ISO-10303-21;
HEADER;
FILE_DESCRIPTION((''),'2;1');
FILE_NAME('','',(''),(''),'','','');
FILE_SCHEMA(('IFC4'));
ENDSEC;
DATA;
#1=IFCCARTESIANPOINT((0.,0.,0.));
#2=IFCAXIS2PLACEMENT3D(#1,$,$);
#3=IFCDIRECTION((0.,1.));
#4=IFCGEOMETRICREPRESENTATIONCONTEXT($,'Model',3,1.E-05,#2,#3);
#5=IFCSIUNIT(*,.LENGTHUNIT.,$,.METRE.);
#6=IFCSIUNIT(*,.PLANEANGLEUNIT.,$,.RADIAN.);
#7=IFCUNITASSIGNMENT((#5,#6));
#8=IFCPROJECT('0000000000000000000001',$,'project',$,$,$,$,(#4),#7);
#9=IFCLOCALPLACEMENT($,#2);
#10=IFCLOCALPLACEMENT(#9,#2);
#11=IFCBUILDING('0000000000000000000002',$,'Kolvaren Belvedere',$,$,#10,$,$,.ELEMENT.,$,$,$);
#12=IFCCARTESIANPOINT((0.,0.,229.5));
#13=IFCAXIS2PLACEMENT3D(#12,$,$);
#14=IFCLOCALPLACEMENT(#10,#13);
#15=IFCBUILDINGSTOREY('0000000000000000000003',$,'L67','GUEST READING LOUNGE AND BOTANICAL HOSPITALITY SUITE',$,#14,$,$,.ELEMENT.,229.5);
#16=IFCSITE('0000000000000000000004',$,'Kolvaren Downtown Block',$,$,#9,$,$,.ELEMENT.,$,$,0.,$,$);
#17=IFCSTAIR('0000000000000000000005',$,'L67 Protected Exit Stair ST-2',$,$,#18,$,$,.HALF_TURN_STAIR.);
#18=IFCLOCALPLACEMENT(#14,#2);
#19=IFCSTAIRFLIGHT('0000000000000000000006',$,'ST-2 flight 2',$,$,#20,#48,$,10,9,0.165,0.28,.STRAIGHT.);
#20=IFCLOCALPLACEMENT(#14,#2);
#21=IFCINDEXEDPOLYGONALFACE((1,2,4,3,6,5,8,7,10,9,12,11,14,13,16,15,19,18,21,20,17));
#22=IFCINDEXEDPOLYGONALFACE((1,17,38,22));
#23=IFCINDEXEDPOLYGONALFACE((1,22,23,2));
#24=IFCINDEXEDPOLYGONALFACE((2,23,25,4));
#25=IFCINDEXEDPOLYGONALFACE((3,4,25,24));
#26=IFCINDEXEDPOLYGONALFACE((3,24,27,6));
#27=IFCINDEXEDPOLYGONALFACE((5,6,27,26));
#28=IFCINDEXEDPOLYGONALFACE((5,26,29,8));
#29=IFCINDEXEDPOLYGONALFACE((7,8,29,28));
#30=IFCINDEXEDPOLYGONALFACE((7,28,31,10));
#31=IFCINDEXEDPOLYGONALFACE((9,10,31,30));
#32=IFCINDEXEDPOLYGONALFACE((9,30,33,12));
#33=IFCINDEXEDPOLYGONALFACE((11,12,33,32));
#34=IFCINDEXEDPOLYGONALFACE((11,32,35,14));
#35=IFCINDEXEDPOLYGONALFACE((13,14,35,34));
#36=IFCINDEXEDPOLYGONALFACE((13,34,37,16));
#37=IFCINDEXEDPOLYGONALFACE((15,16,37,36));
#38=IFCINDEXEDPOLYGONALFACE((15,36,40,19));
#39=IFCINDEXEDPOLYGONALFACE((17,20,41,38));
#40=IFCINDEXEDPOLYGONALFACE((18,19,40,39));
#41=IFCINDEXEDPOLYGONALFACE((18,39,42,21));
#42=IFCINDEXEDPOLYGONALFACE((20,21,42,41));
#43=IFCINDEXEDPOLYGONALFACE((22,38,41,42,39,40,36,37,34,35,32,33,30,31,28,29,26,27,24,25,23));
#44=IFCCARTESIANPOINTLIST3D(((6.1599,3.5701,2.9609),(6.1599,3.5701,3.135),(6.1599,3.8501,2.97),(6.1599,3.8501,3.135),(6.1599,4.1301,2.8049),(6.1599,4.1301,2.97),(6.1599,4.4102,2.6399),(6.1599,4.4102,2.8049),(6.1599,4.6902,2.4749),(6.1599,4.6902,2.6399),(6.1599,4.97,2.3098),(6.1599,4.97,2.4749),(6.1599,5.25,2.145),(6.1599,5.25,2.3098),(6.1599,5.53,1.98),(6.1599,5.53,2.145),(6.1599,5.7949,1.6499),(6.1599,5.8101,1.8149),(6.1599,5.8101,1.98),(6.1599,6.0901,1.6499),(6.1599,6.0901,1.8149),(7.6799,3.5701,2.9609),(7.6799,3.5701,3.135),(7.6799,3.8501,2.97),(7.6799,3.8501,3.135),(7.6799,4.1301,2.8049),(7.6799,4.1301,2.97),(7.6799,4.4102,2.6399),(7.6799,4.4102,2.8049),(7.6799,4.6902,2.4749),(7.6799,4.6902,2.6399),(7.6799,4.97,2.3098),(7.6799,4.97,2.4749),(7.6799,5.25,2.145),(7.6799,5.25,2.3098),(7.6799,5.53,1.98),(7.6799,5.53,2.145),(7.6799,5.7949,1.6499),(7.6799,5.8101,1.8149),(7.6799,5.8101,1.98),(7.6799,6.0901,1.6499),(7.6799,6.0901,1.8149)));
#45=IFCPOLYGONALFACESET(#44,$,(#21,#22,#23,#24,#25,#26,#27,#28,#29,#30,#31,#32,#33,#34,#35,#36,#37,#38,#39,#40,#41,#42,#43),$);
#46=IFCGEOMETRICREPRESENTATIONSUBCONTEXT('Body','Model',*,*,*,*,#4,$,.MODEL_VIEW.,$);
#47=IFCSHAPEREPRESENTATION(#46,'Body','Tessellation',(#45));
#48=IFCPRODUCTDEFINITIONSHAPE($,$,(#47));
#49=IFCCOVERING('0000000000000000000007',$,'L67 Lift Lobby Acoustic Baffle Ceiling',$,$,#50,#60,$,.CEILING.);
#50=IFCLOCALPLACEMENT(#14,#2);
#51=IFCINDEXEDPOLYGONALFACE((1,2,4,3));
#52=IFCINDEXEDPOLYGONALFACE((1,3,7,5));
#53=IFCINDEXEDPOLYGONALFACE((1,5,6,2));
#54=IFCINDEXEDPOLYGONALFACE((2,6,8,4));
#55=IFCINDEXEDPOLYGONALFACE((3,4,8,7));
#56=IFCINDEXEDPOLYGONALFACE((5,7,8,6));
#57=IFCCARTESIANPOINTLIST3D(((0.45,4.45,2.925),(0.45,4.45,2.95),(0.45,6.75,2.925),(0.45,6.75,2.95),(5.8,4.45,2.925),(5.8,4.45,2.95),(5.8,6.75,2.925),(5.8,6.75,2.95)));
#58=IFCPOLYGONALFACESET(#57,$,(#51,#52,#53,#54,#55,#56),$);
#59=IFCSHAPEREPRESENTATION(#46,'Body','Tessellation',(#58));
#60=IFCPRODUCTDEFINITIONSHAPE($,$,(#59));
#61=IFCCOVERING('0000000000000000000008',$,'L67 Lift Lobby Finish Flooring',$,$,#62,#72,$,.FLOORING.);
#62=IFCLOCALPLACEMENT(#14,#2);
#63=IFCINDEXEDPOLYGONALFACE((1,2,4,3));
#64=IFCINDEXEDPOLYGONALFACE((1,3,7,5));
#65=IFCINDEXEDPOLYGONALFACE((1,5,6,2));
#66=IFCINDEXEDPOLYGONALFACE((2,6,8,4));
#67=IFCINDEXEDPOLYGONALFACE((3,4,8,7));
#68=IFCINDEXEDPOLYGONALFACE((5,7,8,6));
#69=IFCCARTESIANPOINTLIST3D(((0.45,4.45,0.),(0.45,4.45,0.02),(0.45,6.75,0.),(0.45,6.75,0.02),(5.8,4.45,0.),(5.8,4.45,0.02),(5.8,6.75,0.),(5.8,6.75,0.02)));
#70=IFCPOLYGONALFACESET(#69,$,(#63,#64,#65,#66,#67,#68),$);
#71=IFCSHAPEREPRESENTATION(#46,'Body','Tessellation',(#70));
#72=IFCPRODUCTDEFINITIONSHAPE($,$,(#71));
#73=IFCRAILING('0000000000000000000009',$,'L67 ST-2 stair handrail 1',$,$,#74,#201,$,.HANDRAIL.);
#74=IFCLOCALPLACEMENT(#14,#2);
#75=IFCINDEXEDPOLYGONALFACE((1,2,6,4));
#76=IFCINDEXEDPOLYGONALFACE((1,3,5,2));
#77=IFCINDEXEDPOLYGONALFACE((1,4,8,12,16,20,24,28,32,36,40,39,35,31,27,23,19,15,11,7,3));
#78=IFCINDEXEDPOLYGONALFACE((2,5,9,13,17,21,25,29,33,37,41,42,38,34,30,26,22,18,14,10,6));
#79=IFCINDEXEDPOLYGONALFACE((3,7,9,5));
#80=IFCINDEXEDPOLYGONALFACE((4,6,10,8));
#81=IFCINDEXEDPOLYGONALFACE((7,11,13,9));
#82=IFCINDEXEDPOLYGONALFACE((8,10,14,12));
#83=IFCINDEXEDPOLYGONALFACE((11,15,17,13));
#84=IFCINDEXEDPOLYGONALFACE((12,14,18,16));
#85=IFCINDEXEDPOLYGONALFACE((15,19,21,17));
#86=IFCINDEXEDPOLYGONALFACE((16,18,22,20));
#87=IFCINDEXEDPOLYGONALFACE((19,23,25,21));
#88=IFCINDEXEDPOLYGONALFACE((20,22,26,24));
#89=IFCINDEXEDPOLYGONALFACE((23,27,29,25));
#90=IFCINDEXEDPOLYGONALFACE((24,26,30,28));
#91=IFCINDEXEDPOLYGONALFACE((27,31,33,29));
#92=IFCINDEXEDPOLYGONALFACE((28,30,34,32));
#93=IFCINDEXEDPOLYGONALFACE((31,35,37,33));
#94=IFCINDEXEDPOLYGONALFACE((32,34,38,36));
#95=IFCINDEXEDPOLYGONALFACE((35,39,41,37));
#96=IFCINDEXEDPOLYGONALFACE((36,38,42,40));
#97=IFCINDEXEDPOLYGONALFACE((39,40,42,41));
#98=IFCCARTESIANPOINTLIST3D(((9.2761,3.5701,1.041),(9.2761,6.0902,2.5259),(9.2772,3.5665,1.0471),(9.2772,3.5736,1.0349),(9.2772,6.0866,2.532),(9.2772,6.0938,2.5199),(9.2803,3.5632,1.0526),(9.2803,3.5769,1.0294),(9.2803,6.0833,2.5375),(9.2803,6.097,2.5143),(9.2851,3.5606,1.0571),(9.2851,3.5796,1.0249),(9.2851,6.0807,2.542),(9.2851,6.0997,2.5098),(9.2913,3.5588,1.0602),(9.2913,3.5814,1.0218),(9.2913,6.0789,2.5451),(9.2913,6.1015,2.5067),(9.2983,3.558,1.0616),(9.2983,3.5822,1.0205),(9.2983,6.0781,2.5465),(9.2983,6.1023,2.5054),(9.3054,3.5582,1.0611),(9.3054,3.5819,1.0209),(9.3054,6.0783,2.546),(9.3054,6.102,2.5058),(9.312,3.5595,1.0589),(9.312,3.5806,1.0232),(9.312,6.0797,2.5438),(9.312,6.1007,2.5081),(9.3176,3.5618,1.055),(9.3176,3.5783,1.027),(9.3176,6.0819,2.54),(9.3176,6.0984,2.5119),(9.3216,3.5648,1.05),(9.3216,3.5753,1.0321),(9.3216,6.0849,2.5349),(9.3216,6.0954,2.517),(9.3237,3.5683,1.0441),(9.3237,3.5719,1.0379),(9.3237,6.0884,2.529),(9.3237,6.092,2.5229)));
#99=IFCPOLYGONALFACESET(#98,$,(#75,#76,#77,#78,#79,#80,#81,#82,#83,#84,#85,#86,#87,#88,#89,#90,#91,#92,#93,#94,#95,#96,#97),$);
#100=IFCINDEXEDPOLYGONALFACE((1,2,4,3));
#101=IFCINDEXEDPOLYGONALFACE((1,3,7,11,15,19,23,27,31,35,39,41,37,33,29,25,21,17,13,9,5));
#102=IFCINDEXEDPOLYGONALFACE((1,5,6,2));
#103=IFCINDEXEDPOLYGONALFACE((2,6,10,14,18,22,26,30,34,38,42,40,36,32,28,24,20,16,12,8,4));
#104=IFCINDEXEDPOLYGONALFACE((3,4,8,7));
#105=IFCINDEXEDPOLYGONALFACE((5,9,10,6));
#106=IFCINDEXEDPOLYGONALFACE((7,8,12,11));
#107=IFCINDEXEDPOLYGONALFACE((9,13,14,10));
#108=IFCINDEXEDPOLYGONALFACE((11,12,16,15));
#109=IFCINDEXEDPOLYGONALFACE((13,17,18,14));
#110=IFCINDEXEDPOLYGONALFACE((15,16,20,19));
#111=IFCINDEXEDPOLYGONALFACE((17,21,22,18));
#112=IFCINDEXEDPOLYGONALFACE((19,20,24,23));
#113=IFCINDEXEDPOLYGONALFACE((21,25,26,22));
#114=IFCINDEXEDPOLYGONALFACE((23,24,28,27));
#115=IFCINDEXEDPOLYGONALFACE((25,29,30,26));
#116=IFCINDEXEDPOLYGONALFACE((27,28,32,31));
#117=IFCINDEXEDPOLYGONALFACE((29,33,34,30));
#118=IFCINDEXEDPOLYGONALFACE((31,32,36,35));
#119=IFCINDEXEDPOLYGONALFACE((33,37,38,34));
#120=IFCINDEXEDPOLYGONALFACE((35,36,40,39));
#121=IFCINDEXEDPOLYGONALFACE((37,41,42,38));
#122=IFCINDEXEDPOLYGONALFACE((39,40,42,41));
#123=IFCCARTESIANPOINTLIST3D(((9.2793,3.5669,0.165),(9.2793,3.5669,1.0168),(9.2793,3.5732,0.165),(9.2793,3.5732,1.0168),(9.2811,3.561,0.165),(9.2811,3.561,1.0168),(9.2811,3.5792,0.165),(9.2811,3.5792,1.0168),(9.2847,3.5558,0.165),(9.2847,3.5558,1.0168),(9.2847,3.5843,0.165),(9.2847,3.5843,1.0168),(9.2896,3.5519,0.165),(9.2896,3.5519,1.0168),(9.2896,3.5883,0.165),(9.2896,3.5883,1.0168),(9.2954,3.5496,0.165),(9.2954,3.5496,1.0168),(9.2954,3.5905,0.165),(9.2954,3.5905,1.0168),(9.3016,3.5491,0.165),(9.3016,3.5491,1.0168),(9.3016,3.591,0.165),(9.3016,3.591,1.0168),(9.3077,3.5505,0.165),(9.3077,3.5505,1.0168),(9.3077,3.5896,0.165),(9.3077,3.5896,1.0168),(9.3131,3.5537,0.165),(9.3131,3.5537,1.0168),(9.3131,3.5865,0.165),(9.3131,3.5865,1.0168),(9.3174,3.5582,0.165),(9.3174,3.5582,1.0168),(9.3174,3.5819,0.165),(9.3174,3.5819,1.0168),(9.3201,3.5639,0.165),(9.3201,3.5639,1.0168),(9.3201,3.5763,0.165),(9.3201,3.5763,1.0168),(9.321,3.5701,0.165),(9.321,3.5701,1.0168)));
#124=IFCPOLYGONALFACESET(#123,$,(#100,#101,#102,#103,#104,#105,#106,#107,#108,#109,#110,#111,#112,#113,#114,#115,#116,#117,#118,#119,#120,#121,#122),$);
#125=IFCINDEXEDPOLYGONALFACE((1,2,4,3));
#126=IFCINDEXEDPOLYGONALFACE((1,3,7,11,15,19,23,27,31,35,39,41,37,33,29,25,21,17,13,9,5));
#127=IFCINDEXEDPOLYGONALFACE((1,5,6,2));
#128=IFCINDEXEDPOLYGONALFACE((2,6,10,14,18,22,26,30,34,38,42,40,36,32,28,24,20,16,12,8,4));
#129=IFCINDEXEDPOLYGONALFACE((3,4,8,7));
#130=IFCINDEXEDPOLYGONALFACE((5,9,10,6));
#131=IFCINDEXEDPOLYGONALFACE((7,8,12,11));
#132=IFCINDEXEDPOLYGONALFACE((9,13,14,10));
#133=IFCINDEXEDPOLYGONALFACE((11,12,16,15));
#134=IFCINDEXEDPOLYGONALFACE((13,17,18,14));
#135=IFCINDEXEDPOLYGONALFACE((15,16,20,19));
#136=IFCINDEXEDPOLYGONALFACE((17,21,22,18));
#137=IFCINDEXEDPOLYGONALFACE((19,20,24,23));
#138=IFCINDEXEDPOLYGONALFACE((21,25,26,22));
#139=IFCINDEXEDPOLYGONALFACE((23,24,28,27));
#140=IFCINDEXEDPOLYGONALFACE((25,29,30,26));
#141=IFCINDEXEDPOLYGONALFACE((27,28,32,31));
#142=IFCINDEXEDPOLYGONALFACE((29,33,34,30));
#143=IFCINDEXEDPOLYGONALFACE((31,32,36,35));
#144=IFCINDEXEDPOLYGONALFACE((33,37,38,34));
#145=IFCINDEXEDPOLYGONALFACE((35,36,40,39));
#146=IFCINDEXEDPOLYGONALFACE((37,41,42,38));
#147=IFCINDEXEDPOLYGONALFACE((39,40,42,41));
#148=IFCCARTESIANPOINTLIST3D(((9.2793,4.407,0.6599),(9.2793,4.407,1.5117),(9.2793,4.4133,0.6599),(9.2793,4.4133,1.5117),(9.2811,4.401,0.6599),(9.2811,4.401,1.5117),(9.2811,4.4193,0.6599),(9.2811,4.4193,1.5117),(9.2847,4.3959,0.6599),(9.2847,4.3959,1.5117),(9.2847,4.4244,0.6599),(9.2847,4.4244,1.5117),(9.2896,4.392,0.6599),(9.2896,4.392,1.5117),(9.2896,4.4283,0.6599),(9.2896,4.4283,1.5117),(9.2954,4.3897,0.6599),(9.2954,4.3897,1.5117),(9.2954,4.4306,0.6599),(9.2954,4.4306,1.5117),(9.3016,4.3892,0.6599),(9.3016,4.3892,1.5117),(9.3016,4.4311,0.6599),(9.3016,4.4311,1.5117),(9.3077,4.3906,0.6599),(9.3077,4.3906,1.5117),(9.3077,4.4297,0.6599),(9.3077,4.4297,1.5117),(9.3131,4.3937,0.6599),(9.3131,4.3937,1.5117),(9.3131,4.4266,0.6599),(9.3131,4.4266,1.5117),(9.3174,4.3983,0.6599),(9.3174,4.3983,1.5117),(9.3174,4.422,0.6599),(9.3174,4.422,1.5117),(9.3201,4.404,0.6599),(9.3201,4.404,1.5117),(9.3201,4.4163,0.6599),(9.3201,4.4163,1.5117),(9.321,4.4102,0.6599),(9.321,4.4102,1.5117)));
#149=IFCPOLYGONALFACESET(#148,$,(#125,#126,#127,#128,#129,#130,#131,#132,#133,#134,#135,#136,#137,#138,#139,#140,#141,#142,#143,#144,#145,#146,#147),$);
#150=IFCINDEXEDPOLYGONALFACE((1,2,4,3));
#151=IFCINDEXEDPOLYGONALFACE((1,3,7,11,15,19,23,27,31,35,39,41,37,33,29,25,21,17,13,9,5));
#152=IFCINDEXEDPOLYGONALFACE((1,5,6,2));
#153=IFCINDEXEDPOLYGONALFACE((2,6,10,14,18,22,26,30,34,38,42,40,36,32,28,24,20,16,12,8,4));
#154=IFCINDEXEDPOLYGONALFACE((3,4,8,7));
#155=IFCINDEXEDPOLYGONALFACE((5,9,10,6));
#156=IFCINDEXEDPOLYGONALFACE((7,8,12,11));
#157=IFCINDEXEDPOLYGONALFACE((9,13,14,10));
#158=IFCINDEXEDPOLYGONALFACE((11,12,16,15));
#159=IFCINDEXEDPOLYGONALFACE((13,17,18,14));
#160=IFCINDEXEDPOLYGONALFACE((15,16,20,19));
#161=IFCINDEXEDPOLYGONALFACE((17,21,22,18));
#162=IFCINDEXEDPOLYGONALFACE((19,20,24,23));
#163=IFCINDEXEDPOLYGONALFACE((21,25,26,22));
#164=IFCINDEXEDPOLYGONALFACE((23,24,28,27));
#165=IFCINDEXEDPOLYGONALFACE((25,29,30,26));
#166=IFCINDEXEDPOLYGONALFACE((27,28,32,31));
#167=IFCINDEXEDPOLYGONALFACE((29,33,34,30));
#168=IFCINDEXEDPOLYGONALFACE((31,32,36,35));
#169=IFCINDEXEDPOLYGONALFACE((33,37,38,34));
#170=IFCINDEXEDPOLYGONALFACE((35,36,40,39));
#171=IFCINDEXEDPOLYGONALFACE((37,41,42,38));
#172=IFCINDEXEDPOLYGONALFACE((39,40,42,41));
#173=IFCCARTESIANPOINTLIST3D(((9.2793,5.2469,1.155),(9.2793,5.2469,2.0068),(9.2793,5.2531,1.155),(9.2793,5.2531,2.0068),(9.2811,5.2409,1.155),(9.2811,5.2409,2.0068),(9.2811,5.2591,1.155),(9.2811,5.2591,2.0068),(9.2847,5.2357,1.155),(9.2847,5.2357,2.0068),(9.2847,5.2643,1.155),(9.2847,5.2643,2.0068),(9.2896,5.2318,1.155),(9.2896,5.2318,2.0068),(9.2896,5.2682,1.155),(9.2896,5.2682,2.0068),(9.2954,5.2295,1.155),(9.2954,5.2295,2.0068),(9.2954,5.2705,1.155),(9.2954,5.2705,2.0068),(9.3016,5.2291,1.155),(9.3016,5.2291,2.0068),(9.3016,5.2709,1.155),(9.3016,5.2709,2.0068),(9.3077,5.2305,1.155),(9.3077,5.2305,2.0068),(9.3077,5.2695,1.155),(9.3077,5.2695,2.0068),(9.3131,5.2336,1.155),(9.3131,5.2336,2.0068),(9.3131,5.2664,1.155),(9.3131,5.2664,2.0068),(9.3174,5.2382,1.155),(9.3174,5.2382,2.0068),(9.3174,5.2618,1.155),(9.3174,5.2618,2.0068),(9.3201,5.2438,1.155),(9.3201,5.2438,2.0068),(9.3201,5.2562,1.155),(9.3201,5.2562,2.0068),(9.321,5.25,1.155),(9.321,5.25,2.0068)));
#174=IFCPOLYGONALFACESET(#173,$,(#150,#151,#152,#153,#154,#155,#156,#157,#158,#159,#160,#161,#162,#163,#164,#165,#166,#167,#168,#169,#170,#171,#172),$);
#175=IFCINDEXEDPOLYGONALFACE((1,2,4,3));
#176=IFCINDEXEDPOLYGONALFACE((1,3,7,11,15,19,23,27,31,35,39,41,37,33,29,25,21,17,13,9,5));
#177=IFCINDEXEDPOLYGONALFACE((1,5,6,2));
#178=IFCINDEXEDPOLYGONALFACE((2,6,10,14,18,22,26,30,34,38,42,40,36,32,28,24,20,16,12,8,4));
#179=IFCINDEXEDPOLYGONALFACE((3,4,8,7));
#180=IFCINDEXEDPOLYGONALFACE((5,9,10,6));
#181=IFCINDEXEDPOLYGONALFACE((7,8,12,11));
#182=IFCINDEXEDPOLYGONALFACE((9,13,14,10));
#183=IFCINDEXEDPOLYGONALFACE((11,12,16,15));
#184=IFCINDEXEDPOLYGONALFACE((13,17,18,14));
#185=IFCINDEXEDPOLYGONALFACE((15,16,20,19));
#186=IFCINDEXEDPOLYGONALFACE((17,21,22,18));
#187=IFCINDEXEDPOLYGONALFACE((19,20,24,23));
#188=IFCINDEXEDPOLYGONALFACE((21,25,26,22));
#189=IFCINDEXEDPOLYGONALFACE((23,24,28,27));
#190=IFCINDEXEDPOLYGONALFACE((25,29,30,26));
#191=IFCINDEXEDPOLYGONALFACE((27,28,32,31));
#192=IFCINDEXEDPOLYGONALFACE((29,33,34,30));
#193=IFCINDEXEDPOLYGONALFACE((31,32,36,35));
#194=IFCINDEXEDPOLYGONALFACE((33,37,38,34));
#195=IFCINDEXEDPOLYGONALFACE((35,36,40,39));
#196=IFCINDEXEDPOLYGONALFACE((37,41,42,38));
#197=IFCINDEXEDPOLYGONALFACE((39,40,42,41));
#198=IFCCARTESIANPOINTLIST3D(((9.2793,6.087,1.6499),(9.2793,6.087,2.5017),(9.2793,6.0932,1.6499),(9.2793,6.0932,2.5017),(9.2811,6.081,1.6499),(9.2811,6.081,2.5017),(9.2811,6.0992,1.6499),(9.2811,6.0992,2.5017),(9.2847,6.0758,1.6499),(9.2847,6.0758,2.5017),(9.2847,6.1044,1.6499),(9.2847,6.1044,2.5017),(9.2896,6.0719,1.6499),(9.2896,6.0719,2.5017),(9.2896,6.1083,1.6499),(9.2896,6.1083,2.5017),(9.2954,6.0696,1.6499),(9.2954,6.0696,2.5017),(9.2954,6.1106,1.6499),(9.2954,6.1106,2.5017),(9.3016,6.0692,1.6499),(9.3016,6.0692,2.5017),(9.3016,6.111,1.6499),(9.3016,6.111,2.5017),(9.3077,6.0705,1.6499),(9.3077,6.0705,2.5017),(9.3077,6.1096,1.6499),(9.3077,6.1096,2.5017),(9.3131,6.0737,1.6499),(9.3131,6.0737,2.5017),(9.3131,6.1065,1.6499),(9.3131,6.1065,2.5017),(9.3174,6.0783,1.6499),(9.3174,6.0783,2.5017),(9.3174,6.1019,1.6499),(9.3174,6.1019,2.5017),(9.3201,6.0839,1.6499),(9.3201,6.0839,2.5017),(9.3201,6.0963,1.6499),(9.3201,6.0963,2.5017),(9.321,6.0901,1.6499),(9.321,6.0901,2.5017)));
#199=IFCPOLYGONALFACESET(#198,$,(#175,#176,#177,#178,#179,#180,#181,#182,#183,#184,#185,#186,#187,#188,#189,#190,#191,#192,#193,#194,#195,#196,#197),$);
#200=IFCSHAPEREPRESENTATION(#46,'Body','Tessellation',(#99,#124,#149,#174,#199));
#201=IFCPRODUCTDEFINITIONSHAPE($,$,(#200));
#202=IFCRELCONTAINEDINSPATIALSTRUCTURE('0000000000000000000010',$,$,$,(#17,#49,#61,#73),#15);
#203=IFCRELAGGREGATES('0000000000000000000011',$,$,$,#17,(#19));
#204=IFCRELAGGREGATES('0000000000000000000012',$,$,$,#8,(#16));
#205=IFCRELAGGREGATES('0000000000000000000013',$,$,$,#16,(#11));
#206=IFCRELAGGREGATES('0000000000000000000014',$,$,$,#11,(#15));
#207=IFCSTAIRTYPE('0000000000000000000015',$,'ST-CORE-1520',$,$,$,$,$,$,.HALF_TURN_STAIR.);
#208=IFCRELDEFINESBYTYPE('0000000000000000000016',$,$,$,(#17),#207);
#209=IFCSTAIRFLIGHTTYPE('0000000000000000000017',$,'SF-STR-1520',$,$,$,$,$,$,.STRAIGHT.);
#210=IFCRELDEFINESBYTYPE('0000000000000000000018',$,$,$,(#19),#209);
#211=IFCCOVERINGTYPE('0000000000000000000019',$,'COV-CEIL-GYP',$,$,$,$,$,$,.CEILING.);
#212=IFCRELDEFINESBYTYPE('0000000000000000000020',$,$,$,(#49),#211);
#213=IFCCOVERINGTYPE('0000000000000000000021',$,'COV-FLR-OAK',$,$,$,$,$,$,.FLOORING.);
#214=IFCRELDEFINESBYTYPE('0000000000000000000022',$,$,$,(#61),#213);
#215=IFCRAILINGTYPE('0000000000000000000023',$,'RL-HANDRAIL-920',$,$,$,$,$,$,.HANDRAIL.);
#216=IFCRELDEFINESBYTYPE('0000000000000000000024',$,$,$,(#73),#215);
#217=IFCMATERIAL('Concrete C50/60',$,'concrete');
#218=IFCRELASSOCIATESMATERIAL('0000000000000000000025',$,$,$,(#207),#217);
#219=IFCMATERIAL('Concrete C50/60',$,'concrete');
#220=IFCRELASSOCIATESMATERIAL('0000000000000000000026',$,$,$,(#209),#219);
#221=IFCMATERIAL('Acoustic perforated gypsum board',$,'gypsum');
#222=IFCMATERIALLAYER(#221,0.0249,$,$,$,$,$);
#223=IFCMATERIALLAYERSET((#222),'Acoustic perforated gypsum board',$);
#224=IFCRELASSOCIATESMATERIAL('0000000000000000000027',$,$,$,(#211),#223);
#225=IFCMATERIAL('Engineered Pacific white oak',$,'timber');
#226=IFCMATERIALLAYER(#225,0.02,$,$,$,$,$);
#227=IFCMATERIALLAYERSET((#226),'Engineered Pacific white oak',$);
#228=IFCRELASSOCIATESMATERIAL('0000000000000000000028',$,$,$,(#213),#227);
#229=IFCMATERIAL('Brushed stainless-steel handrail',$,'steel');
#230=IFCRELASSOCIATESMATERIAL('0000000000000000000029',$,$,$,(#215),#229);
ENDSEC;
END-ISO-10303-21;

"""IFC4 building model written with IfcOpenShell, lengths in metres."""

from ifc_helpers import new_model, si_unit, direction, frame, origin, origin_2d, place, context, subcontext, project, spatial, polyline, circle, outline, extrude, material, layer, layer_set, type_object, element, aggregate, save


model = new_model("IFC4")

# Units and contexts
model_context = context("Model", 3, precision=1e-05, world=origin(), true_north=direction((0.0, 1.0)))
body_context = subcontext(model_context, "Body", "Model", "MODEL_VIEW")
ifc_project = project(units=[si_unit("LENGTHUNIT", "METRE"), si_unit("PLANEANGLEUNIT", "RADIAN")], contexts=[model_context])

# Site, building, storey
site_placement = place(None, origin())
site = spatial("IfcSite", under=ifc_project, at=site_placement, Name="Kolvaren Downtown Block", CompositionType="ELEMENT", RefElevation=0.0)
building_placement = place(site_placement, origin())
building = spatial("IfcBuilding", under=site, at=building_placement, Name="Kolvaren Belvedere", CompositionType="ELEMENT")
storey_placement = place(building_placement, frame((0.0, 0.0, 229.5)))
storey = spatial("IfcBuildingStorey", under=building, at=storey_placement, Name="L67", Description="GUEST READING LOUNGE AND BOTANICAL HOSPITALITY SUITE", CompositionType="ELEMENT", Elevation=229.5)

# Shared definitions
ifc_material_1 = material(Name="Concrete C50/60", Category="concrete")
stair_type = type_object("IfcStairType", Name="ST-CORE-1520", PredefinedType="HALF_TURN_STAIR", material=ifc_material_1)

# Stair, stair flight
stair_1_placement = place(storey_placement, origin())
stair_1 = element("IfcStair", 1, at=stair_1_placement, inside=storey, type_object=stair_type, Name="L67 Protected Exit Stair ST-2", PredefinedType="HALF_TURN_STAIR")
ifc_material_2 = material(Name="Concrete C50/60", Category="concrete")
stair_flight_type = type_object("IfcStairFlightType", Name="SF-STR-1520", PredefinedType="STRAIGHT", material=ifc_material_2)
stair_flight_1_placement = place(storey_placement, frame((6.9199, 6.0901, 1.6499), z_axis=(0.0, 0.0, 1.0), x_axis=(0.0, -1.0, 0.0)))
stair_flight_1 = element("IfcStairFlight", 2, at=stair_flight_1_placement, type_object=stair_flight_type, Name="ST-2 flight 2", NumberOfRisers=10, NumberOfTreads=9, PredefinedType="STRAIGHT", RiserHeight=0.165, TreadLength=0.28, context=body_context, shape_type="SweptSolid", body=[
    extrude(outline(polyline([(0.0, 0.0), (0.0, 0.165), (0.28, 0.165), (0.28, 0.3301), (0.5601, 0.3301), (0.5601, 0.4951), (0.8401, 0.4951), (0.8401, 0.6599), (1.1201, 0.6599), (1.1201, 0.825), (1.3999, 0.825), (1.3999, 0.99), (1.6799, 0.99), (1.6799, 1.155), (1.96, 1.155), (1.96, 1.3201), (2.24, 1.3201), (2.24, 1.4851), (2.52, 1.4851), (2.52, 1.6499), (2.52, 1.311), (0.2952, 0.0), (0.0, 0.0)])), frame((0.0, 0.76, 0.0), z_axis=(0.0, -1.0, 0.0), x_axis=(1.0, 0.0, 0.0)), (0.0, 0.0, 1.0), 1.52),
])
aggregate(stair_1, [stair_flight_1])

# Coverings
ifc_material_3 = material(Name="Acoustic perforated gypsum board", Category="gypsum")
ifc_layer_1 = layer(ifc_material_3, 0.0249)
ifc_layer_set_1 = layer_set([ifc_layer_1], Name="Acoustic perforated gypsum board")
covering_type_1 = type_object("IfcCoveringType", Name="COV-CEIL-GYP", PredefinedType="CEILING", material=ifc_layer_set_1)
covering_1_placement = place(storey_placement, frame((0.0, 0.0, 2.925)))
element("IfcCovering", 3, at=covering_1_placement, inside=storey, type_object=covering_type_1, Name="L67 Lift Lobby Acoustic Baffle Ceiling", PredefinedType="CEILING", context=body_context, shape_type="SweptSolid", body=[
    extrude(outline(polyline([(0.45, 4.45), (5.8, 4.45), (5.8, 6.75), (0.45, 6.75), (0.45, 4.45)])), origin(), (0.0, 0.0, 1.0), 0.0249),
])
ifc_material_4 = material(Name="Engineered Pacific white oak", Category="timber")
ifc_layer_2 = layer(ifc_material_4, 0.02)
ifc_layer_set_2 = layer_set([ifc_layer_2], Name="Engineered Pacific white oak")
covering_type_2 = type_object("IfcCoveringType", Name="COV-FLR-OAK", PredefinedType="FLOORING", material=ifc_layer_set_2)
covering_2_placement = place(storey_placement, origin())
element("IfcCovering", 4, at=covering_2_placement, inside=storey, type_object=covering_type_2, Name="L67 Lift Lobby Finish Flooring", PredefinedType="FLOORING", context=body_context, shape_type="SweptSolid", body=[
    extrude(outline(polyline([(0.45, 4.45), (5.8, 4.45), (5.8, 6.75), (0.45, 6.75), (0.45, 4.45)])), origin(), (0.0, 0.0, 1.0), 0.02),
])

# Railing
ifc_material_5 = material(Name="Brushed stainless-steel handrail", Category="steel")
railing_type_1 = type_object("IfcRailingType", Name="RL-HANDRAIL-920", PredefinedType="HANDRAIL", material=ifc_material_5)
railing_1_placement = place(storey_placement, frame((9.3, 3.5701, 0.165)))
element("IfcRailing", 5, at=railing_1_placement, inside=storey, type_object=railing_type_1, Name="L67 ST-2 stair handrail 1", PredefinedType="HANDRAIL", context=body_context, shape_type="SweptSolid", body=[
    extrude(circle(Radius=0.0239, at=origin_2d()), frame((0.0, 0.0, 0.876), z_axis=(0.0, 0.861561, 0.507655), x_axis=(-1.0, 0.0, 0.0)), (0.0, 0.0, 1.0), 2.925),
    extrude(circle(Radius=0.021, at=origin_2d()), origin(), (0.0, 0.0, 1.0), 0.8518),
    extrude(circle(Radius=0.021, at=origin_2d()), frame((0.0, 0.8401, 0.4949)), (0.0, 0.0, 1.0), 0.8518),
    extrude(circle(Radius=0.021, at=origin_2d()), frame((0.0, 1.6799, 0.99)), (0.0, 0.0, 1.0), 0.8518),
    extrude(circle(Radius=0.021, at=origin_2d()), frame((0.0, 2.52, 1.4849)), (0.0, 0.0, 1.0), 0.8518),
])

save(model, "model.ifc")
